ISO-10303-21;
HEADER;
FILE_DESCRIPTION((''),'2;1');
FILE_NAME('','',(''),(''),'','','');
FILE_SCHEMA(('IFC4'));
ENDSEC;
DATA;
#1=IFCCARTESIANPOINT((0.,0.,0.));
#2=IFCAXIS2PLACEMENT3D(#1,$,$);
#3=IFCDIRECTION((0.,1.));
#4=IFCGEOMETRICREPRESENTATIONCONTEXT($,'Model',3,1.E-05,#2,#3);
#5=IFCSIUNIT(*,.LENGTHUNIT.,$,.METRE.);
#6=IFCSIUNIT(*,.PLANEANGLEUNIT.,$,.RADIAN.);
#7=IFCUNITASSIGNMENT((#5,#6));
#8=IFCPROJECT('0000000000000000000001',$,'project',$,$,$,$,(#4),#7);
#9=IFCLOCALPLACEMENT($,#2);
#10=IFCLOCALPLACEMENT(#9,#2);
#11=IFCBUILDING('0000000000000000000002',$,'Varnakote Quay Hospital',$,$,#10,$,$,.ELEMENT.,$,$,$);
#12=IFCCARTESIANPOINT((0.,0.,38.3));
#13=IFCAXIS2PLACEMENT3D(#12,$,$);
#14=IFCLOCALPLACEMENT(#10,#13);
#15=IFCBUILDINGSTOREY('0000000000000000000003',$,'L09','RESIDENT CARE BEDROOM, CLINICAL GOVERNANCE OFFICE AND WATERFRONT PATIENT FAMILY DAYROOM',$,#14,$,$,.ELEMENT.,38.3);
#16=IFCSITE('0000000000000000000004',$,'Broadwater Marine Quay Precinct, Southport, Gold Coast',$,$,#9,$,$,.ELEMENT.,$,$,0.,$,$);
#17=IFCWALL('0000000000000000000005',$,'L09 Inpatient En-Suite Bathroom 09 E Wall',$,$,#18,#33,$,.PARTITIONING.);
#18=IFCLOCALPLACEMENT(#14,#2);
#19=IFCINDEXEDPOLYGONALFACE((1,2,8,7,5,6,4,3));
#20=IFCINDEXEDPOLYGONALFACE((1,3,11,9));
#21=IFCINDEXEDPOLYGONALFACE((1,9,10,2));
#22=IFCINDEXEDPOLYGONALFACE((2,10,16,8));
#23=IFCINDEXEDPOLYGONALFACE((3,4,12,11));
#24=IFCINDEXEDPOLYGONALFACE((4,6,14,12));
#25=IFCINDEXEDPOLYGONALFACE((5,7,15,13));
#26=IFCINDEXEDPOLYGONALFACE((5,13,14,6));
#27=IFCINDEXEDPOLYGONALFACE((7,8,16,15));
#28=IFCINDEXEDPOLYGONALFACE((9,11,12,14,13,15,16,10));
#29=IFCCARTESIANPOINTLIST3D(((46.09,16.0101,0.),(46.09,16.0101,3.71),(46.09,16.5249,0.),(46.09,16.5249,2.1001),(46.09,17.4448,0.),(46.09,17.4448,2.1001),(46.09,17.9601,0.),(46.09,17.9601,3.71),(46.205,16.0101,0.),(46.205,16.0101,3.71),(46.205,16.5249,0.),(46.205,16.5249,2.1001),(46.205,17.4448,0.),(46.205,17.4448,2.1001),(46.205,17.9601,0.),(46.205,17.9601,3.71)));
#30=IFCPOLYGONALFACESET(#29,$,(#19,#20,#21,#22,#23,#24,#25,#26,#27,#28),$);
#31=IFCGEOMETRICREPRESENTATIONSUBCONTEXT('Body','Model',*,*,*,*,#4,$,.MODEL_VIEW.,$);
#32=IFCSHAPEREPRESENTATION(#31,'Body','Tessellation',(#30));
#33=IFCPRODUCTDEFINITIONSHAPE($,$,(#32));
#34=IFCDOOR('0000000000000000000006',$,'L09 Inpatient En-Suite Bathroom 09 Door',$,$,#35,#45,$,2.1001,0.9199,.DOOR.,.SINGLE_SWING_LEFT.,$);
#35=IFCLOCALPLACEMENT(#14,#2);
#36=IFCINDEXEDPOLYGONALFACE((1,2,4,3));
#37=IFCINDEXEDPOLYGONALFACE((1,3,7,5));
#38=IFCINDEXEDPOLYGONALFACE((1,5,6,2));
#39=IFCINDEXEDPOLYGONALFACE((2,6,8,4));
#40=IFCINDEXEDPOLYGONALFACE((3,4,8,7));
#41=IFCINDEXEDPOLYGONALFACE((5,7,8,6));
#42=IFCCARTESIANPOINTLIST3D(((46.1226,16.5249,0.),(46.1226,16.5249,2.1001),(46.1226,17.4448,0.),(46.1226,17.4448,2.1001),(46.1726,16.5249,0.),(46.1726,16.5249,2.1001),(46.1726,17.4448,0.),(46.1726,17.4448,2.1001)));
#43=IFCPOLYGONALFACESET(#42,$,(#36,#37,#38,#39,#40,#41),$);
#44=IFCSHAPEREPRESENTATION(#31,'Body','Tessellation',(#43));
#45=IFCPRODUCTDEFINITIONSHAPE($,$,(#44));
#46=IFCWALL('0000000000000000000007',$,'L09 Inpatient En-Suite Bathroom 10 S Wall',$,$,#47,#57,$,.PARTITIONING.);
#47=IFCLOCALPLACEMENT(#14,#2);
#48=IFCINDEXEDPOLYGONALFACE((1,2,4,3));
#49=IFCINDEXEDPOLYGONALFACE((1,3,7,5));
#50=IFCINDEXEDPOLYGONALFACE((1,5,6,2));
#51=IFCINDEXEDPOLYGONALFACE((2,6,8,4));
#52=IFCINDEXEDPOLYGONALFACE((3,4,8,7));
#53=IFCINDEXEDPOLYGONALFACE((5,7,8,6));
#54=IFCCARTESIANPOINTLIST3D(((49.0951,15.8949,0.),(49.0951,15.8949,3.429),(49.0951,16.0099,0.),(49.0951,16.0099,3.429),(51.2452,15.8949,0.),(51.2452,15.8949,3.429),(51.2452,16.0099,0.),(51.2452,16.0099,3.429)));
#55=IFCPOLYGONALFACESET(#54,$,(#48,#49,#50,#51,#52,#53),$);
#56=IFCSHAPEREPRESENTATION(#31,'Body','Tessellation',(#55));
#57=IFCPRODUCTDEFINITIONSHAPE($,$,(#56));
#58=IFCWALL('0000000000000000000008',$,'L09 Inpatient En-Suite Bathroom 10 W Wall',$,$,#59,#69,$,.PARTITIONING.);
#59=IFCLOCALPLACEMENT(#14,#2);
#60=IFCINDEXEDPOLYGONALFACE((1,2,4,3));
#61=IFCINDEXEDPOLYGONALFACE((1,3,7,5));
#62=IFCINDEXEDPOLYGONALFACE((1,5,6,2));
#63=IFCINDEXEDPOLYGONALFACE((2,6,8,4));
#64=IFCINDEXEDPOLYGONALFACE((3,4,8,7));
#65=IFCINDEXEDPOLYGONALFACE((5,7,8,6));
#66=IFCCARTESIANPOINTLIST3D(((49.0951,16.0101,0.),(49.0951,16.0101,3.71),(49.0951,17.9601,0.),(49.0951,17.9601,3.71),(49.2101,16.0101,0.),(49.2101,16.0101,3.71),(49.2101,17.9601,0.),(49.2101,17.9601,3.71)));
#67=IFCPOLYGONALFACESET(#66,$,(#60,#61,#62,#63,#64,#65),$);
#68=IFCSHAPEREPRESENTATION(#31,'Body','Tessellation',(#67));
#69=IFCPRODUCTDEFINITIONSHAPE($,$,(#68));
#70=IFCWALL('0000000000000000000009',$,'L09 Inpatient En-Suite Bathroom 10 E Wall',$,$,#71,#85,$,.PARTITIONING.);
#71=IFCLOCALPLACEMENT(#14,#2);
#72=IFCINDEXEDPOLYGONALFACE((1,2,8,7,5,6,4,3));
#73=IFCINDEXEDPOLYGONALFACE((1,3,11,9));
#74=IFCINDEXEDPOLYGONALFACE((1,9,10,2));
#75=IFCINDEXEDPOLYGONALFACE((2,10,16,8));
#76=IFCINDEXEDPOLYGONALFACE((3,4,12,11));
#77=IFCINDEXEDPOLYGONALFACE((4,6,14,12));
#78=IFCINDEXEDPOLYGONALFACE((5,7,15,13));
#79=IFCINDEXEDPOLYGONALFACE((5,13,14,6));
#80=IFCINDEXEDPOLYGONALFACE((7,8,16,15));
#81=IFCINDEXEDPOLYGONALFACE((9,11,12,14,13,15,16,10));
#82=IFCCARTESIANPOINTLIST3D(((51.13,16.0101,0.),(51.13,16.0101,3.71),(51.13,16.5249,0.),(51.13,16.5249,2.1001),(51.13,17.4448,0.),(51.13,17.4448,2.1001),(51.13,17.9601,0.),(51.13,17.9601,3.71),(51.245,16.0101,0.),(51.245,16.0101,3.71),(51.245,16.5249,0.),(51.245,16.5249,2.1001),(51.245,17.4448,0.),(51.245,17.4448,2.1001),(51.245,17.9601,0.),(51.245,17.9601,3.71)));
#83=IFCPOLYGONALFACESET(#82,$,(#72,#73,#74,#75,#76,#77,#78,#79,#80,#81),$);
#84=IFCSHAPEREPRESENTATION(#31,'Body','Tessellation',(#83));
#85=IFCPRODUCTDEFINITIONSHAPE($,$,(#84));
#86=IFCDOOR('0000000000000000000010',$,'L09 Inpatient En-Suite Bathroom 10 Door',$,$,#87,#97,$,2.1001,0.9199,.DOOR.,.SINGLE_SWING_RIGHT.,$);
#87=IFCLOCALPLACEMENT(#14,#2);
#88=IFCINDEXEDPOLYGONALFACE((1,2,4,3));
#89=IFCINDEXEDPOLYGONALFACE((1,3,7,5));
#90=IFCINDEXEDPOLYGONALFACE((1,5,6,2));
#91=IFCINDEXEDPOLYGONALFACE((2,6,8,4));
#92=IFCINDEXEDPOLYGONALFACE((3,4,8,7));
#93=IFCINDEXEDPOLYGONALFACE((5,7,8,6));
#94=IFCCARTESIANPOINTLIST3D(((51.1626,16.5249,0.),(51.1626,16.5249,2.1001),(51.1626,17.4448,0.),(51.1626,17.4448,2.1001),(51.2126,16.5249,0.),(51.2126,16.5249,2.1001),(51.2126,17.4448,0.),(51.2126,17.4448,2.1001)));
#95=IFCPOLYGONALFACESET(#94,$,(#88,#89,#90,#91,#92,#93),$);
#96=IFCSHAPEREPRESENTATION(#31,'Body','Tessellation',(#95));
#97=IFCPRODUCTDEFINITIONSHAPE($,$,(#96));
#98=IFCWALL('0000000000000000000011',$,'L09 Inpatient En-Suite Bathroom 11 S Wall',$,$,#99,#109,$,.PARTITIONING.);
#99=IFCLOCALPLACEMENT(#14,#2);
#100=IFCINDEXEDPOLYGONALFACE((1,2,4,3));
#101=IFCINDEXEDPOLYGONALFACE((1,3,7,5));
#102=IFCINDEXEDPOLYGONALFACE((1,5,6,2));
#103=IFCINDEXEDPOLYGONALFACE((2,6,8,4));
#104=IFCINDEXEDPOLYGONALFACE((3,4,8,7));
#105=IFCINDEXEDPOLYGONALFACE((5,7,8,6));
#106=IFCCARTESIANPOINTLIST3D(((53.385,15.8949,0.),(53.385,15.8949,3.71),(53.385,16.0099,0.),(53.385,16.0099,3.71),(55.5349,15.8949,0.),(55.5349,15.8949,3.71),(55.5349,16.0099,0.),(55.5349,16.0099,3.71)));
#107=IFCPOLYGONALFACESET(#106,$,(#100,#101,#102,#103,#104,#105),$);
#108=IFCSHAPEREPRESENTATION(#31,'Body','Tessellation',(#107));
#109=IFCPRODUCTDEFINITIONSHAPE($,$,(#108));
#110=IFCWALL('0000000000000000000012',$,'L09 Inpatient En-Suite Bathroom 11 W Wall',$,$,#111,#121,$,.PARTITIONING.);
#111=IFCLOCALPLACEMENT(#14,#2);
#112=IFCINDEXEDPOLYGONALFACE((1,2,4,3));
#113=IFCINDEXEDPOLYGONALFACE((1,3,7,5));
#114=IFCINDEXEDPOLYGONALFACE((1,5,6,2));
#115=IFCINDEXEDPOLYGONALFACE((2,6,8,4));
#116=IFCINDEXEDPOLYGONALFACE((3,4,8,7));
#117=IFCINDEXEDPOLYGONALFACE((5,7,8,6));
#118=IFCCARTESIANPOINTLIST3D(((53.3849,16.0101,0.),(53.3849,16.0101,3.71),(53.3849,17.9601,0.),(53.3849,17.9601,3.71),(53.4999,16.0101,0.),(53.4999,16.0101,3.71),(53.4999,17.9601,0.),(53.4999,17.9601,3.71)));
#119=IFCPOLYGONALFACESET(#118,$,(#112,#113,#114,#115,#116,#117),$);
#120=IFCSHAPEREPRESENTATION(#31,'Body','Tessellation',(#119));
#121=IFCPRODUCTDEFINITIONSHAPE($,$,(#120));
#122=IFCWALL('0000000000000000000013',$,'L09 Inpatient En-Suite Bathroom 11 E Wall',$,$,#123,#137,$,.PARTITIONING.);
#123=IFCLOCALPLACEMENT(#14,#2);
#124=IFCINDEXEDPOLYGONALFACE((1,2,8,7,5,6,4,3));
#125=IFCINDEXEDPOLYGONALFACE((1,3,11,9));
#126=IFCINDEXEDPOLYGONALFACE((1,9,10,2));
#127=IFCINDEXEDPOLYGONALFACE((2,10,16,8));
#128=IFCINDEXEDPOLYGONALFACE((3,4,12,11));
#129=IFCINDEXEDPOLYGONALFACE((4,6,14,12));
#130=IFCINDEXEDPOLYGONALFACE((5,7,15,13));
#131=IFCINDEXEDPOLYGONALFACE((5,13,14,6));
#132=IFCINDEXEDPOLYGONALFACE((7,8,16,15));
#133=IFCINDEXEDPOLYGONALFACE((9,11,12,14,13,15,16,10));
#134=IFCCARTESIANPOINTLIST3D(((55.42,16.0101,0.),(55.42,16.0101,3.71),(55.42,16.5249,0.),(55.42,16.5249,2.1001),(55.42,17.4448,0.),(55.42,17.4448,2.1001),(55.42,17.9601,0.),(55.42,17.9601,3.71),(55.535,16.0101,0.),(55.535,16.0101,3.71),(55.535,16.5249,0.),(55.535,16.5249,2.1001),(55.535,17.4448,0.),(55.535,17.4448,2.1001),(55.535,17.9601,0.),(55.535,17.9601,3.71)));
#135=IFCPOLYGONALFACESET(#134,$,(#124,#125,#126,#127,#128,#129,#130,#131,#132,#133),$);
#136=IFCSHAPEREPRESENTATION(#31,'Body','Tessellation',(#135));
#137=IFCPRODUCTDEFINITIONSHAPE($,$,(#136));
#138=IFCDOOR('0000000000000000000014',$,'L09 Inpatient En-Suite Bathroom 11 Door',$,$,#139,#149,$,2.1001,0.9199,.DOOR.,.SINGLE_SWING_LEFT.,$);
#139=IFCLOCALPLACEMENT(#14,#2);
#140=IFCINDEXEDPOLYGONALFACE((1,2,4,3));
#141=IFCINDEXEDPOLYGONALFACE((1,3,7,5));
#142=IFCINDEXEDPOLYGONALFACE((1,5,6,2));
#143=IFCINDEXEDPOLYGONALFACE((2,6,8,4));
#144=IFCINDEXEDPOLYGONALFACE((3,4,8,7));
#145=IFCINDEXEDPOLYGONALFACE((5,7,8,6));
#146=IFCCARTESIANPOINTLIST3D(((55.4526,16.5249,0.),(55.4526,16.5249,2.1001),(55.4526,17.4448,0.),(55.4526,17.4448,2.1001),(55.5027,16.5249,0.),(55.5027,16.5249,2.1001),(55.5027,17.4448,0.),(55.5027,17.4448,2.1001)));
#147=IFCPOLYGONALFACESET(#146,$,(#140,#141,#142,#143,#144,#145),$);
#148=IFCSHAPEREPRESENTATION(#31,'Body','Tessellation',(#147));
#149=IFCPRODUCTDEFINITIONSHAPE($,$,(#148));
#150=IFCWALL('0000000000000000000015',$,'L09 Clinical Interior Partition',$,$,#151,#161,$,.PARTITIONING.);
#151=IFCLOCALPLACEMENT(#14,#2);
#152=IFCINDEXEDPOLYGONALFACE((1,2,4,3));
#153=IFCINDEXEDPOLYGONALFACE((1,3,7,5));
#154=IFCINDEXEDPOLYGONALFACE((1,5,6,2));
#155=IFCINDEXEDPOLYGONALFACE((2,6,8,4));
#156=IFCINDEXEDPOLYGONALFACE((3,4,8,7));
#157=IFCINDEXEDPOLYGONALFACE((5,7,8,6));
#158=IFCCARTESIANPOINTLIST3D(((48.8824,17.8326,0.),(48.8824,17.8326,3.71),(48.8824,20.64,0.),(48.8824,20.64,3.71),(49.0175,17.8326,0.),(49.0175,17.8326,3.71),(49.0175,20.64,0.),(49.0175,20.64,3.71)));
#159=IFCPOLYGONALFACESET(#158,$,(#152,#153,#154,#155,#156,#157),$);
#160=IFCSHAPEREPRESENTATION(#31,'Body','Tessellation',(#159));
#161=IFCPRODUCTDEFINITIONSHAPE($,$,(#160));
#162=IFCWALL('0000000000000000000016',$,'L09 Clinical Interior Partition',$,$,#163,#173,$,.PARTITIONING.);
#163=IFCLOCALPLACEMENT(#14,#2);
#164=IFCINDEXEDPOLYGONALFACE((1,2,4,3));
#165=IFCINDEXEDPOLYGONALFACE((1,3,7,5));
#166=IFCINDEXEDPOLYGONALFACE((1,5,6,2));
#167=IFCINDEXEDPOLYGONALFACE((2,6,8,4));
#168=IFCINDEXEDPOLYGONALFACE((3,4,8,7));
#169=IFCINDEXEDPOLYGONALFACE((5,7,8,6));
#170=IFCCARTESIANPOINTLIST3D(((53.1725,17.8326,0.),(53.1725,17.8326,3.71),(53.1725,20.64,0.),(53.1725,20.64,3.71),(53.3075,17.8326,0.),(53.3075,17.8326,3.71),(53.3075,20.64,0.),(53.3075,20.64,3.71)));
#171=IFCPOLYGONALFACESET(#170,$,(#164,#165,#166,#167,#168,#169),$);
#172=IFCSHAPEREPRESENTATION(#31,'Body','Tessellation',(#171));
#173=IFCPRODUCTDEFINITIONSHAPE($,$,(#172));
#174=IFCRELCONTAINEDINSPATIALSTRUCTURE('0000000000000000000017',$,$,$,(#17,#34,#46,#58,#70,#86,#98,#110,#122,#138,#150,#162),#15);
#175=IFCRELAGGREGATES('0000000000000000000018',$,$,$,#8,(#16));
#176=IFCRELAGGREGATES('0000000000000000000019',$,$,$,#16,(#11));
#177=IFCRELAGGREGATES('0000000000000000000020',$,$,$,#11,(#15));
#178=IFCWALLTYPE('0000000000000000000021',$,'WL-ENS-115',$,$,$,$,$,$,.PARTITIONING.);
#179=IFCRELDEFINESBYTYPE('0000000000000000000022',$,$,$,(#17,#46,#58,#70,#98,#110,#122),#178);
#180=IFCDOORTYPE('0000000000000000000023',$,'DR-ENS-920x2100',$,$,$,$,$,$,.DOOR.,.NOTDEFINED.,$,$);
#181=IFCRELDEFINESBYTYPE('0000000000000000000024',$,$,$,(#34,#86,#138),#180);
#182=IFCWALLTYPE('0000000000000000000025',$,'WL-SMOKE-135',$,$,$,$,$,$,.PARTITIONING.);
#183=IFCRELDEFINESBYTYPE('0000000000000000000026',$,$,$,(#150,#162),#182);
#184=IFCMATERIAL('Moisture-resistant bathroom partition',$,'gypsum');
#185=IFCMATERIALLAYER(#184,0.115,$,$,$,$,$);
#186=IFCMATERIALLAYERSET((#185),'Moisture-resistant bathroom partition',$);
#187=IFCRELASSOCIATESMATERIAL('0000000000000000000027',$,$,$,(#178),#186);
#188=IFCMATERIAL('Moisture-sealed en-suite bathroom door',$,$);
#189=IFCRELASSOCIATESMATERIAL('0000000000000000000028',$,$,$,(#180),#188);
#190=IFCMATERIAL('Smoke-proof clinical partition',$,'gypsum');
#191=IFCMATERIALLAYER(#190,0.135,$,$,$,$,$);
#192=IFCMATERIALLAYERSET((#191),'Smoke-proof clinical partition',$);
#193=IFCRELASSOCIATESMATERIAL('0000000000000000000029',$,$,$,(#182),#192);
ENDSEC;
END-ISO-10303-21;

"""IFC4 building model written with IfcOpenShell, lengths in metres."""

from ifc_helpers import new_model, si_unit, direction, frame, frame_2d, origin, place, context, subcontext, project, spatial, rectangle, extrude, material, layer, layer_set, type_object, element, fill, save


model = new_model("IFC4")

# Units and contexts
model_context = context("Model", 3, precision=1e-05, world=origin(), true_north=direction((0.0, 1.0)))
body_context = subcontext(model_context, "Body", "Model", "MODEL_VIEW")
ifc_project = project(units=[si_unit("LENGTHUNIT", "METRE"), si_unit("PLANEANGLEUNIT", "RADIAN")], contexts=[model_context])

# Site, building, storey
site_placement = place(None, origin())
site = spatial("IfcSite", under=ifc_project, at=site_placement, Name="Broadwater Marine Quay Precinct, Southport, Gold Coast", CompositionType="ELEMENT", RefElevation=0.0)
building_placement = place(site_placement, origin())
building = spatial("IfcBuilding", under=site, at=building_placement, Name="Varnakote Quay Hospital", CompositionType="ELEMENT")
storey_placement = place(building_placement, frame((0.0, 0.0, 38.3)))
storey = spatial("IfcBuildingStorey", under=building, at=storey_placement, Name="L09", Description="RESIDENT CARE BEDROOM, CLINICAL GOVERNANCE OFFICE AND WATERFRONT PATIENT FAMILY DAYROOM", CompositionType="ELEMENT", Elevation=38.3)

# Wall, opening, door
ifc_material_1 = material(Name="Moisture-resistant bathroom partition", Category="gypsum")
ifc_layer_1 = layer(ifc_material_1, 0.115)
ifc_layer_set_1 = layer_set([ifc_layer_1], Name="Moisture-resistant bathroom partition")
wall_type_1 = type_object("IfcWallType", Name="WL-ENS-115", PredefinedType="PARTITIONING", material=ifc_layer_set_1)
wall_1_placement = place(storey_placement, frame((46.1475, 16.01, 0.0), z_axis=(0.0, 0.0, 1.0), x_axis=(0.0, 1.0, 0.0)))
wall_1 = element("IfcWall", 1, at=wall_1_placement, inside=storey, type_object=wall_type_1, Name="L09 Inpatient En-Suite Bathroom 09 E Wall", PredefinedType="PARTITIONING", context=body_context, shape_type="SweptSolid", body=[
    extrude(rectangle(XDim=1.95, YDim=0.115, at=frame_2d((0.9751, 0.0))), origin(), (0.0, 0.0, 1.0), 3.71),
])
opening_1_placement = place(wall_1_placement, frame((0.5149, 0.0, 0.0)))
opening_1 = element("IfcOpeningElement", 2, at=opening_1_placement, cuts=wall_1, PredefinedType="OPENING", context=body_context, shape_type="SweptSolid", body=[
    extrude(rectangle(XDim=0.9199, YDim=2.1001, at=frame_2d((0.46, 1.05))), frame((0.0, 0.0674, 0.0), z_axis=(0.0, -1.0, 0.0), x_axis=(1.0, 0.0, 0.0)), (0.0, 0.0, 1.0), 0.135),
])
ifc_material_2 = material(Name="Moisture-sealed en-suite bathroom door")
door_type_1 = type_object("IfcDoorType", Name="DR-ENS-920x2100", OperationType="NOTDEFINED", PredefinedType="DOOR", material=ifc_material_2)
door_1_placement = place(opening_1_placement, origin())
door_1 = element("IfcDoor", 3, at=door_1_placement, inside=storey, type_object=door_type_1, Name="L09 Inpatient En-Suite Bathroom 09 Door", OperationType="SINGLE_SWING_LEFT", OverallHeight=2.1001, OverallWidth=0.9199, PredefinedType="DOOR", context=body_context, shape_type="SweptSolid", body=[
    extrude(rectangle(XDim=0.9199, YDim=2.1001, at=frame_2d((0.46, 1.05))), frame((0.0, 0.0249, 0.0), z_axis=(0.0, -1.0, 0.0), x_axis=(1.0, 0.0, 0.0)), (0.0, 0.0, 1.0), 0.05),
])
fill(opening_1, door_1)

# Walls
wall_2_placement = place(storey_placement, frame((49.095, 15.9524, 0.0), z_axis=(0.0, 0.0, 1.0), x_axis=(1.0, 0.0, 0.0)))
element("IfcWall", 4, at=wall_2_placement, inside=storey, type_object=wall_type_1, Name="L09 Inpatient En-Suite Bathroom 10 S Wall", PredefinedType="PARTITIONING", context=body_context, shape_type="SweptSolid", body=[
    extrude(rectangle(XDim=2.1501, YDim=0.115, at=frame_2d((1.0752, 0.0))), origin(), (0.0, 0.0, 1.0), 3.429),
])
wall_3_placement = place(storey_placement, frame((49.1526, 16.01, 0.0), z_axis=(0.0, 0.0, 1.0), x_axis=(0.0, 1.0, 0.0)))
element("IfcWall", 5, at=wall_3_placement, inside=storey, type_object=wall_type_1, Name="L09 Inpatient En-Suite Bathroom 10 W Wall", PredefinedType="PARTITIONING", context=body_context, shape_type="SweptSolid", body=[
    extrude(rectangle(XDim=1.95, YDim=0.115, at=frame_2d((0.9751, 0.0))), origin(), (0.0, 0.0, 1.0), 3.71),
])

# Wall, opening, door
wall_4_placement = place(storey_placement, frame((51.1875, 16.01, 0.0), z_axis=(0.0, 0.0, 1.0), x_axis=(0.0, 1.0, 0.0)))
wall_4 = element("IfcWall", 6, at=wall_4_placement, inside=storey, type_object=wall_type_1, Name="L09 Inpatient En-Suite Bathroom 10 E Wall", PredefinedType="PARTITIONING", context=body_context, shape_type="SweptSolid", body=[
    extrude(rectangle(XDim=1.95, YDim=0.115, at=frame_2d((0.9751, 0.0))), origin(), (0.0, 0.0, 1.0), 3.71),
])
opening_2_placement = place(wall_4_placement, frame((0.5149, 0.0, 0.0)))
opening_2 = element("IfcOpeningElement", 7, at=opening_2_placement, cuts=wall_4, PredefinedType="OPENING", context=body_context, shape_type="SweptSolid", body=[
    extrude(rectangle(XDim=0.9199, YDim=2.1001, at=frame_2d((0.46, 1.05))), frame((0.0, 0.0674, 0.0), z_axis=(0.0, -1.0, 0.0), x_axis=(1.0, 0.0, 0.0)), (0.0, 0.0, 1.0), 0.135),
])
door_2_placement = place(opening_2_placement, origin())
door_2 = element("IfcDoor", 8, at=door_2_placement, inside=storey, type_object=door_type_1, Name="L09 Inpatient En-Suite Bathroom 10 Door", OperationType="SINGLE_SWING_RIGHT", OverallHeight=2.1001, OverallWidth=0.9199, PredefinedType="DOOR", context=body_context, shape_type="SweptSolid", body=[
    extrude(rectangle(XDim=0.9199, YDim=2.1001, at=frame_2d((0.46, 1.05))), frame((0.0, 0.0249, 0.0), z_axis=(0.0, -1.0, 0.0), x_axis=(1.0, 0.0, 0.0)), (0.0, 0.0, 1.0), 0.05),
])
fill(opening_2, door_2)

# Walls
wall_5_placement = place(storey_placement, frame((53.385, 15.9524, 0.0), z_axis=(0.0, 0.0, 1.0), x_axis=(1.0, 0.0, 0.0)))
element("IfcWall", 9, at=wall_5_placement, inside=storey, type_object=wall_type_1, Name="L09 Inpatient En-Suite Bathroom 11 S Wall", PredefinedType="PARTITIONING", context=body_context, shape_type="SweptSolid", body=[
    extrude(rectangle(XDim=2.1499, YDim=0.115, at=frame_2d((1.075, 0.0))), origin(), (0.0, 0.0, 1.0), 3.71),
])
wall_6_placement = place(storey_placement, frame((53.4424, 16.01, 0.0), z_axis=(0.0, 0.0, 1.0), x_axis=(0.0, 1.0, 0.0)))
element("IfcWall", 10, at=wall_6_placement, inside=storey, type_object=wall_type_1, Name="L09 Inpatient En-Suite Bathroom 11 W Wall", PredefinedType="PARTITIONING", context=body_context, shape_type="SweptSolid", body=[
    extrude(rectangle(XDim=1.95, YDim=0.115, at=frame_2d((0.9751, 0.0))), origin(), (0.0, 0.0, 1.0), 3.71),
])

# Wall, opening, door
wall_7_placement = place(storey_placement, frame((55.4775, 16.01, 0.0), z_axis=(0.0, 0.0, 1.0), x_axis=(0.0, 1.0, 0.0)))
wall_7 = element("IfcWall", 11, at=wall_7_placement, inside=storey, type_object=wall_type_1, Name="L09 Inpatient En-Suite Bathroom 11 E Wall", PredefinedType="PARTITIONING", context=body_context, shape_type="SweptSolid", body=[
    extrude(rectangle(XDim=1.95, YDim=0.115, at=frame_2d((0.9751, 0.0))), origin(), (0.0, 0.0, 1.0), 3.71),
])
opening_3_placement = place(wall_7_placement, frame((0.5149, 0.0, 0.0)))
opening_3 = element("IfcOpeningElement", 12, at=opening_3_placement, cuts=wall_7, PredefinedType="OPENING", context=body_context, shape_type="SweptSolid", body=[
    extrude(rectangle(XDim=0.9199, YDim=2.1001, at=frame_2d((0.46, 1.05))), frame((0.0, 0.0674, 0.0), z_axis=(0.0, -1.0, 0.0), x_axis=(1.0, 0.0, 0.0)), (0.0, 0.0, 1.0), 0.135),
])
door_3_placement = place(opening_3_placement, origin())
door_3 = element("IfcDoor", 13, at=door_3_placement, inside=storey, type_object=door_type_1, Name="L09 Inpatient En-Suite Bathroom 11 Door", OperationType="SINGLE_SWING_LEFT", OverallHeight=2.1001, OverallWidth=0.9199, PredefinedType="DOOR", context=body_context, shape_type="SweptSolid", body=[
    extrude(rectangle(XDim=0.9199, YDim=2.1001, at=frame_2d((0.46, 1.05))), frame((0.0, 0.0249, 0.0), z_axis=(0.0, -1.0, 0.0), x_axis=(1.0, 0.0, 0.0)), (0.0, 0.0, 1.0), 0.05),
])
fill(opening_3, door_3)

# Walls
ifc_material_3 = material(Name="Smoke-proof clinical partition", Category="gypsum")
ifc_layer_2 = layer(ifc_material_3, 0.135)
ifc_layer_set_2 = layer_set([ifc_layer_2], Name="Smoke-proof clinical partition")
wall_type_2 = type_object("IfcWallType", Name="WL-SMOKE-135", PredefinedType="PARTITIONING", material=ifc_layer_set_2)
for number, where, z_axis, x_axis, name in (
    (14, (48.95, 17.8325, 0.0), (0.0, 0.0, 1.0), (0.0, 1.0, 0.0), "L09 Clinical Interior Partition"),
    (15, (53.24, 17.8325, 0.0), (0.0, 0.0, 1.0), (0.0, 1.0, 0.0), "L09 Clinical Interior Partition"),
):
    element("IfcWall", number, at=place(storey_placement, frame(where, z_axis=z_axis, x_axis=x_axis)), inside=storey, type_object=wall_type_2, Name=name, PredefinedType="PARTITIONING", context=body_context, shape_type="SweptSolid", body=[
        extrude(rectangle(XDim=2.8074, YDim=0.135, at=frame_2d((1.4038, 0.0))), origin(), (0.0, 0.0, 1.0), 3.71),
    ])

save(model, "model.ifc")
